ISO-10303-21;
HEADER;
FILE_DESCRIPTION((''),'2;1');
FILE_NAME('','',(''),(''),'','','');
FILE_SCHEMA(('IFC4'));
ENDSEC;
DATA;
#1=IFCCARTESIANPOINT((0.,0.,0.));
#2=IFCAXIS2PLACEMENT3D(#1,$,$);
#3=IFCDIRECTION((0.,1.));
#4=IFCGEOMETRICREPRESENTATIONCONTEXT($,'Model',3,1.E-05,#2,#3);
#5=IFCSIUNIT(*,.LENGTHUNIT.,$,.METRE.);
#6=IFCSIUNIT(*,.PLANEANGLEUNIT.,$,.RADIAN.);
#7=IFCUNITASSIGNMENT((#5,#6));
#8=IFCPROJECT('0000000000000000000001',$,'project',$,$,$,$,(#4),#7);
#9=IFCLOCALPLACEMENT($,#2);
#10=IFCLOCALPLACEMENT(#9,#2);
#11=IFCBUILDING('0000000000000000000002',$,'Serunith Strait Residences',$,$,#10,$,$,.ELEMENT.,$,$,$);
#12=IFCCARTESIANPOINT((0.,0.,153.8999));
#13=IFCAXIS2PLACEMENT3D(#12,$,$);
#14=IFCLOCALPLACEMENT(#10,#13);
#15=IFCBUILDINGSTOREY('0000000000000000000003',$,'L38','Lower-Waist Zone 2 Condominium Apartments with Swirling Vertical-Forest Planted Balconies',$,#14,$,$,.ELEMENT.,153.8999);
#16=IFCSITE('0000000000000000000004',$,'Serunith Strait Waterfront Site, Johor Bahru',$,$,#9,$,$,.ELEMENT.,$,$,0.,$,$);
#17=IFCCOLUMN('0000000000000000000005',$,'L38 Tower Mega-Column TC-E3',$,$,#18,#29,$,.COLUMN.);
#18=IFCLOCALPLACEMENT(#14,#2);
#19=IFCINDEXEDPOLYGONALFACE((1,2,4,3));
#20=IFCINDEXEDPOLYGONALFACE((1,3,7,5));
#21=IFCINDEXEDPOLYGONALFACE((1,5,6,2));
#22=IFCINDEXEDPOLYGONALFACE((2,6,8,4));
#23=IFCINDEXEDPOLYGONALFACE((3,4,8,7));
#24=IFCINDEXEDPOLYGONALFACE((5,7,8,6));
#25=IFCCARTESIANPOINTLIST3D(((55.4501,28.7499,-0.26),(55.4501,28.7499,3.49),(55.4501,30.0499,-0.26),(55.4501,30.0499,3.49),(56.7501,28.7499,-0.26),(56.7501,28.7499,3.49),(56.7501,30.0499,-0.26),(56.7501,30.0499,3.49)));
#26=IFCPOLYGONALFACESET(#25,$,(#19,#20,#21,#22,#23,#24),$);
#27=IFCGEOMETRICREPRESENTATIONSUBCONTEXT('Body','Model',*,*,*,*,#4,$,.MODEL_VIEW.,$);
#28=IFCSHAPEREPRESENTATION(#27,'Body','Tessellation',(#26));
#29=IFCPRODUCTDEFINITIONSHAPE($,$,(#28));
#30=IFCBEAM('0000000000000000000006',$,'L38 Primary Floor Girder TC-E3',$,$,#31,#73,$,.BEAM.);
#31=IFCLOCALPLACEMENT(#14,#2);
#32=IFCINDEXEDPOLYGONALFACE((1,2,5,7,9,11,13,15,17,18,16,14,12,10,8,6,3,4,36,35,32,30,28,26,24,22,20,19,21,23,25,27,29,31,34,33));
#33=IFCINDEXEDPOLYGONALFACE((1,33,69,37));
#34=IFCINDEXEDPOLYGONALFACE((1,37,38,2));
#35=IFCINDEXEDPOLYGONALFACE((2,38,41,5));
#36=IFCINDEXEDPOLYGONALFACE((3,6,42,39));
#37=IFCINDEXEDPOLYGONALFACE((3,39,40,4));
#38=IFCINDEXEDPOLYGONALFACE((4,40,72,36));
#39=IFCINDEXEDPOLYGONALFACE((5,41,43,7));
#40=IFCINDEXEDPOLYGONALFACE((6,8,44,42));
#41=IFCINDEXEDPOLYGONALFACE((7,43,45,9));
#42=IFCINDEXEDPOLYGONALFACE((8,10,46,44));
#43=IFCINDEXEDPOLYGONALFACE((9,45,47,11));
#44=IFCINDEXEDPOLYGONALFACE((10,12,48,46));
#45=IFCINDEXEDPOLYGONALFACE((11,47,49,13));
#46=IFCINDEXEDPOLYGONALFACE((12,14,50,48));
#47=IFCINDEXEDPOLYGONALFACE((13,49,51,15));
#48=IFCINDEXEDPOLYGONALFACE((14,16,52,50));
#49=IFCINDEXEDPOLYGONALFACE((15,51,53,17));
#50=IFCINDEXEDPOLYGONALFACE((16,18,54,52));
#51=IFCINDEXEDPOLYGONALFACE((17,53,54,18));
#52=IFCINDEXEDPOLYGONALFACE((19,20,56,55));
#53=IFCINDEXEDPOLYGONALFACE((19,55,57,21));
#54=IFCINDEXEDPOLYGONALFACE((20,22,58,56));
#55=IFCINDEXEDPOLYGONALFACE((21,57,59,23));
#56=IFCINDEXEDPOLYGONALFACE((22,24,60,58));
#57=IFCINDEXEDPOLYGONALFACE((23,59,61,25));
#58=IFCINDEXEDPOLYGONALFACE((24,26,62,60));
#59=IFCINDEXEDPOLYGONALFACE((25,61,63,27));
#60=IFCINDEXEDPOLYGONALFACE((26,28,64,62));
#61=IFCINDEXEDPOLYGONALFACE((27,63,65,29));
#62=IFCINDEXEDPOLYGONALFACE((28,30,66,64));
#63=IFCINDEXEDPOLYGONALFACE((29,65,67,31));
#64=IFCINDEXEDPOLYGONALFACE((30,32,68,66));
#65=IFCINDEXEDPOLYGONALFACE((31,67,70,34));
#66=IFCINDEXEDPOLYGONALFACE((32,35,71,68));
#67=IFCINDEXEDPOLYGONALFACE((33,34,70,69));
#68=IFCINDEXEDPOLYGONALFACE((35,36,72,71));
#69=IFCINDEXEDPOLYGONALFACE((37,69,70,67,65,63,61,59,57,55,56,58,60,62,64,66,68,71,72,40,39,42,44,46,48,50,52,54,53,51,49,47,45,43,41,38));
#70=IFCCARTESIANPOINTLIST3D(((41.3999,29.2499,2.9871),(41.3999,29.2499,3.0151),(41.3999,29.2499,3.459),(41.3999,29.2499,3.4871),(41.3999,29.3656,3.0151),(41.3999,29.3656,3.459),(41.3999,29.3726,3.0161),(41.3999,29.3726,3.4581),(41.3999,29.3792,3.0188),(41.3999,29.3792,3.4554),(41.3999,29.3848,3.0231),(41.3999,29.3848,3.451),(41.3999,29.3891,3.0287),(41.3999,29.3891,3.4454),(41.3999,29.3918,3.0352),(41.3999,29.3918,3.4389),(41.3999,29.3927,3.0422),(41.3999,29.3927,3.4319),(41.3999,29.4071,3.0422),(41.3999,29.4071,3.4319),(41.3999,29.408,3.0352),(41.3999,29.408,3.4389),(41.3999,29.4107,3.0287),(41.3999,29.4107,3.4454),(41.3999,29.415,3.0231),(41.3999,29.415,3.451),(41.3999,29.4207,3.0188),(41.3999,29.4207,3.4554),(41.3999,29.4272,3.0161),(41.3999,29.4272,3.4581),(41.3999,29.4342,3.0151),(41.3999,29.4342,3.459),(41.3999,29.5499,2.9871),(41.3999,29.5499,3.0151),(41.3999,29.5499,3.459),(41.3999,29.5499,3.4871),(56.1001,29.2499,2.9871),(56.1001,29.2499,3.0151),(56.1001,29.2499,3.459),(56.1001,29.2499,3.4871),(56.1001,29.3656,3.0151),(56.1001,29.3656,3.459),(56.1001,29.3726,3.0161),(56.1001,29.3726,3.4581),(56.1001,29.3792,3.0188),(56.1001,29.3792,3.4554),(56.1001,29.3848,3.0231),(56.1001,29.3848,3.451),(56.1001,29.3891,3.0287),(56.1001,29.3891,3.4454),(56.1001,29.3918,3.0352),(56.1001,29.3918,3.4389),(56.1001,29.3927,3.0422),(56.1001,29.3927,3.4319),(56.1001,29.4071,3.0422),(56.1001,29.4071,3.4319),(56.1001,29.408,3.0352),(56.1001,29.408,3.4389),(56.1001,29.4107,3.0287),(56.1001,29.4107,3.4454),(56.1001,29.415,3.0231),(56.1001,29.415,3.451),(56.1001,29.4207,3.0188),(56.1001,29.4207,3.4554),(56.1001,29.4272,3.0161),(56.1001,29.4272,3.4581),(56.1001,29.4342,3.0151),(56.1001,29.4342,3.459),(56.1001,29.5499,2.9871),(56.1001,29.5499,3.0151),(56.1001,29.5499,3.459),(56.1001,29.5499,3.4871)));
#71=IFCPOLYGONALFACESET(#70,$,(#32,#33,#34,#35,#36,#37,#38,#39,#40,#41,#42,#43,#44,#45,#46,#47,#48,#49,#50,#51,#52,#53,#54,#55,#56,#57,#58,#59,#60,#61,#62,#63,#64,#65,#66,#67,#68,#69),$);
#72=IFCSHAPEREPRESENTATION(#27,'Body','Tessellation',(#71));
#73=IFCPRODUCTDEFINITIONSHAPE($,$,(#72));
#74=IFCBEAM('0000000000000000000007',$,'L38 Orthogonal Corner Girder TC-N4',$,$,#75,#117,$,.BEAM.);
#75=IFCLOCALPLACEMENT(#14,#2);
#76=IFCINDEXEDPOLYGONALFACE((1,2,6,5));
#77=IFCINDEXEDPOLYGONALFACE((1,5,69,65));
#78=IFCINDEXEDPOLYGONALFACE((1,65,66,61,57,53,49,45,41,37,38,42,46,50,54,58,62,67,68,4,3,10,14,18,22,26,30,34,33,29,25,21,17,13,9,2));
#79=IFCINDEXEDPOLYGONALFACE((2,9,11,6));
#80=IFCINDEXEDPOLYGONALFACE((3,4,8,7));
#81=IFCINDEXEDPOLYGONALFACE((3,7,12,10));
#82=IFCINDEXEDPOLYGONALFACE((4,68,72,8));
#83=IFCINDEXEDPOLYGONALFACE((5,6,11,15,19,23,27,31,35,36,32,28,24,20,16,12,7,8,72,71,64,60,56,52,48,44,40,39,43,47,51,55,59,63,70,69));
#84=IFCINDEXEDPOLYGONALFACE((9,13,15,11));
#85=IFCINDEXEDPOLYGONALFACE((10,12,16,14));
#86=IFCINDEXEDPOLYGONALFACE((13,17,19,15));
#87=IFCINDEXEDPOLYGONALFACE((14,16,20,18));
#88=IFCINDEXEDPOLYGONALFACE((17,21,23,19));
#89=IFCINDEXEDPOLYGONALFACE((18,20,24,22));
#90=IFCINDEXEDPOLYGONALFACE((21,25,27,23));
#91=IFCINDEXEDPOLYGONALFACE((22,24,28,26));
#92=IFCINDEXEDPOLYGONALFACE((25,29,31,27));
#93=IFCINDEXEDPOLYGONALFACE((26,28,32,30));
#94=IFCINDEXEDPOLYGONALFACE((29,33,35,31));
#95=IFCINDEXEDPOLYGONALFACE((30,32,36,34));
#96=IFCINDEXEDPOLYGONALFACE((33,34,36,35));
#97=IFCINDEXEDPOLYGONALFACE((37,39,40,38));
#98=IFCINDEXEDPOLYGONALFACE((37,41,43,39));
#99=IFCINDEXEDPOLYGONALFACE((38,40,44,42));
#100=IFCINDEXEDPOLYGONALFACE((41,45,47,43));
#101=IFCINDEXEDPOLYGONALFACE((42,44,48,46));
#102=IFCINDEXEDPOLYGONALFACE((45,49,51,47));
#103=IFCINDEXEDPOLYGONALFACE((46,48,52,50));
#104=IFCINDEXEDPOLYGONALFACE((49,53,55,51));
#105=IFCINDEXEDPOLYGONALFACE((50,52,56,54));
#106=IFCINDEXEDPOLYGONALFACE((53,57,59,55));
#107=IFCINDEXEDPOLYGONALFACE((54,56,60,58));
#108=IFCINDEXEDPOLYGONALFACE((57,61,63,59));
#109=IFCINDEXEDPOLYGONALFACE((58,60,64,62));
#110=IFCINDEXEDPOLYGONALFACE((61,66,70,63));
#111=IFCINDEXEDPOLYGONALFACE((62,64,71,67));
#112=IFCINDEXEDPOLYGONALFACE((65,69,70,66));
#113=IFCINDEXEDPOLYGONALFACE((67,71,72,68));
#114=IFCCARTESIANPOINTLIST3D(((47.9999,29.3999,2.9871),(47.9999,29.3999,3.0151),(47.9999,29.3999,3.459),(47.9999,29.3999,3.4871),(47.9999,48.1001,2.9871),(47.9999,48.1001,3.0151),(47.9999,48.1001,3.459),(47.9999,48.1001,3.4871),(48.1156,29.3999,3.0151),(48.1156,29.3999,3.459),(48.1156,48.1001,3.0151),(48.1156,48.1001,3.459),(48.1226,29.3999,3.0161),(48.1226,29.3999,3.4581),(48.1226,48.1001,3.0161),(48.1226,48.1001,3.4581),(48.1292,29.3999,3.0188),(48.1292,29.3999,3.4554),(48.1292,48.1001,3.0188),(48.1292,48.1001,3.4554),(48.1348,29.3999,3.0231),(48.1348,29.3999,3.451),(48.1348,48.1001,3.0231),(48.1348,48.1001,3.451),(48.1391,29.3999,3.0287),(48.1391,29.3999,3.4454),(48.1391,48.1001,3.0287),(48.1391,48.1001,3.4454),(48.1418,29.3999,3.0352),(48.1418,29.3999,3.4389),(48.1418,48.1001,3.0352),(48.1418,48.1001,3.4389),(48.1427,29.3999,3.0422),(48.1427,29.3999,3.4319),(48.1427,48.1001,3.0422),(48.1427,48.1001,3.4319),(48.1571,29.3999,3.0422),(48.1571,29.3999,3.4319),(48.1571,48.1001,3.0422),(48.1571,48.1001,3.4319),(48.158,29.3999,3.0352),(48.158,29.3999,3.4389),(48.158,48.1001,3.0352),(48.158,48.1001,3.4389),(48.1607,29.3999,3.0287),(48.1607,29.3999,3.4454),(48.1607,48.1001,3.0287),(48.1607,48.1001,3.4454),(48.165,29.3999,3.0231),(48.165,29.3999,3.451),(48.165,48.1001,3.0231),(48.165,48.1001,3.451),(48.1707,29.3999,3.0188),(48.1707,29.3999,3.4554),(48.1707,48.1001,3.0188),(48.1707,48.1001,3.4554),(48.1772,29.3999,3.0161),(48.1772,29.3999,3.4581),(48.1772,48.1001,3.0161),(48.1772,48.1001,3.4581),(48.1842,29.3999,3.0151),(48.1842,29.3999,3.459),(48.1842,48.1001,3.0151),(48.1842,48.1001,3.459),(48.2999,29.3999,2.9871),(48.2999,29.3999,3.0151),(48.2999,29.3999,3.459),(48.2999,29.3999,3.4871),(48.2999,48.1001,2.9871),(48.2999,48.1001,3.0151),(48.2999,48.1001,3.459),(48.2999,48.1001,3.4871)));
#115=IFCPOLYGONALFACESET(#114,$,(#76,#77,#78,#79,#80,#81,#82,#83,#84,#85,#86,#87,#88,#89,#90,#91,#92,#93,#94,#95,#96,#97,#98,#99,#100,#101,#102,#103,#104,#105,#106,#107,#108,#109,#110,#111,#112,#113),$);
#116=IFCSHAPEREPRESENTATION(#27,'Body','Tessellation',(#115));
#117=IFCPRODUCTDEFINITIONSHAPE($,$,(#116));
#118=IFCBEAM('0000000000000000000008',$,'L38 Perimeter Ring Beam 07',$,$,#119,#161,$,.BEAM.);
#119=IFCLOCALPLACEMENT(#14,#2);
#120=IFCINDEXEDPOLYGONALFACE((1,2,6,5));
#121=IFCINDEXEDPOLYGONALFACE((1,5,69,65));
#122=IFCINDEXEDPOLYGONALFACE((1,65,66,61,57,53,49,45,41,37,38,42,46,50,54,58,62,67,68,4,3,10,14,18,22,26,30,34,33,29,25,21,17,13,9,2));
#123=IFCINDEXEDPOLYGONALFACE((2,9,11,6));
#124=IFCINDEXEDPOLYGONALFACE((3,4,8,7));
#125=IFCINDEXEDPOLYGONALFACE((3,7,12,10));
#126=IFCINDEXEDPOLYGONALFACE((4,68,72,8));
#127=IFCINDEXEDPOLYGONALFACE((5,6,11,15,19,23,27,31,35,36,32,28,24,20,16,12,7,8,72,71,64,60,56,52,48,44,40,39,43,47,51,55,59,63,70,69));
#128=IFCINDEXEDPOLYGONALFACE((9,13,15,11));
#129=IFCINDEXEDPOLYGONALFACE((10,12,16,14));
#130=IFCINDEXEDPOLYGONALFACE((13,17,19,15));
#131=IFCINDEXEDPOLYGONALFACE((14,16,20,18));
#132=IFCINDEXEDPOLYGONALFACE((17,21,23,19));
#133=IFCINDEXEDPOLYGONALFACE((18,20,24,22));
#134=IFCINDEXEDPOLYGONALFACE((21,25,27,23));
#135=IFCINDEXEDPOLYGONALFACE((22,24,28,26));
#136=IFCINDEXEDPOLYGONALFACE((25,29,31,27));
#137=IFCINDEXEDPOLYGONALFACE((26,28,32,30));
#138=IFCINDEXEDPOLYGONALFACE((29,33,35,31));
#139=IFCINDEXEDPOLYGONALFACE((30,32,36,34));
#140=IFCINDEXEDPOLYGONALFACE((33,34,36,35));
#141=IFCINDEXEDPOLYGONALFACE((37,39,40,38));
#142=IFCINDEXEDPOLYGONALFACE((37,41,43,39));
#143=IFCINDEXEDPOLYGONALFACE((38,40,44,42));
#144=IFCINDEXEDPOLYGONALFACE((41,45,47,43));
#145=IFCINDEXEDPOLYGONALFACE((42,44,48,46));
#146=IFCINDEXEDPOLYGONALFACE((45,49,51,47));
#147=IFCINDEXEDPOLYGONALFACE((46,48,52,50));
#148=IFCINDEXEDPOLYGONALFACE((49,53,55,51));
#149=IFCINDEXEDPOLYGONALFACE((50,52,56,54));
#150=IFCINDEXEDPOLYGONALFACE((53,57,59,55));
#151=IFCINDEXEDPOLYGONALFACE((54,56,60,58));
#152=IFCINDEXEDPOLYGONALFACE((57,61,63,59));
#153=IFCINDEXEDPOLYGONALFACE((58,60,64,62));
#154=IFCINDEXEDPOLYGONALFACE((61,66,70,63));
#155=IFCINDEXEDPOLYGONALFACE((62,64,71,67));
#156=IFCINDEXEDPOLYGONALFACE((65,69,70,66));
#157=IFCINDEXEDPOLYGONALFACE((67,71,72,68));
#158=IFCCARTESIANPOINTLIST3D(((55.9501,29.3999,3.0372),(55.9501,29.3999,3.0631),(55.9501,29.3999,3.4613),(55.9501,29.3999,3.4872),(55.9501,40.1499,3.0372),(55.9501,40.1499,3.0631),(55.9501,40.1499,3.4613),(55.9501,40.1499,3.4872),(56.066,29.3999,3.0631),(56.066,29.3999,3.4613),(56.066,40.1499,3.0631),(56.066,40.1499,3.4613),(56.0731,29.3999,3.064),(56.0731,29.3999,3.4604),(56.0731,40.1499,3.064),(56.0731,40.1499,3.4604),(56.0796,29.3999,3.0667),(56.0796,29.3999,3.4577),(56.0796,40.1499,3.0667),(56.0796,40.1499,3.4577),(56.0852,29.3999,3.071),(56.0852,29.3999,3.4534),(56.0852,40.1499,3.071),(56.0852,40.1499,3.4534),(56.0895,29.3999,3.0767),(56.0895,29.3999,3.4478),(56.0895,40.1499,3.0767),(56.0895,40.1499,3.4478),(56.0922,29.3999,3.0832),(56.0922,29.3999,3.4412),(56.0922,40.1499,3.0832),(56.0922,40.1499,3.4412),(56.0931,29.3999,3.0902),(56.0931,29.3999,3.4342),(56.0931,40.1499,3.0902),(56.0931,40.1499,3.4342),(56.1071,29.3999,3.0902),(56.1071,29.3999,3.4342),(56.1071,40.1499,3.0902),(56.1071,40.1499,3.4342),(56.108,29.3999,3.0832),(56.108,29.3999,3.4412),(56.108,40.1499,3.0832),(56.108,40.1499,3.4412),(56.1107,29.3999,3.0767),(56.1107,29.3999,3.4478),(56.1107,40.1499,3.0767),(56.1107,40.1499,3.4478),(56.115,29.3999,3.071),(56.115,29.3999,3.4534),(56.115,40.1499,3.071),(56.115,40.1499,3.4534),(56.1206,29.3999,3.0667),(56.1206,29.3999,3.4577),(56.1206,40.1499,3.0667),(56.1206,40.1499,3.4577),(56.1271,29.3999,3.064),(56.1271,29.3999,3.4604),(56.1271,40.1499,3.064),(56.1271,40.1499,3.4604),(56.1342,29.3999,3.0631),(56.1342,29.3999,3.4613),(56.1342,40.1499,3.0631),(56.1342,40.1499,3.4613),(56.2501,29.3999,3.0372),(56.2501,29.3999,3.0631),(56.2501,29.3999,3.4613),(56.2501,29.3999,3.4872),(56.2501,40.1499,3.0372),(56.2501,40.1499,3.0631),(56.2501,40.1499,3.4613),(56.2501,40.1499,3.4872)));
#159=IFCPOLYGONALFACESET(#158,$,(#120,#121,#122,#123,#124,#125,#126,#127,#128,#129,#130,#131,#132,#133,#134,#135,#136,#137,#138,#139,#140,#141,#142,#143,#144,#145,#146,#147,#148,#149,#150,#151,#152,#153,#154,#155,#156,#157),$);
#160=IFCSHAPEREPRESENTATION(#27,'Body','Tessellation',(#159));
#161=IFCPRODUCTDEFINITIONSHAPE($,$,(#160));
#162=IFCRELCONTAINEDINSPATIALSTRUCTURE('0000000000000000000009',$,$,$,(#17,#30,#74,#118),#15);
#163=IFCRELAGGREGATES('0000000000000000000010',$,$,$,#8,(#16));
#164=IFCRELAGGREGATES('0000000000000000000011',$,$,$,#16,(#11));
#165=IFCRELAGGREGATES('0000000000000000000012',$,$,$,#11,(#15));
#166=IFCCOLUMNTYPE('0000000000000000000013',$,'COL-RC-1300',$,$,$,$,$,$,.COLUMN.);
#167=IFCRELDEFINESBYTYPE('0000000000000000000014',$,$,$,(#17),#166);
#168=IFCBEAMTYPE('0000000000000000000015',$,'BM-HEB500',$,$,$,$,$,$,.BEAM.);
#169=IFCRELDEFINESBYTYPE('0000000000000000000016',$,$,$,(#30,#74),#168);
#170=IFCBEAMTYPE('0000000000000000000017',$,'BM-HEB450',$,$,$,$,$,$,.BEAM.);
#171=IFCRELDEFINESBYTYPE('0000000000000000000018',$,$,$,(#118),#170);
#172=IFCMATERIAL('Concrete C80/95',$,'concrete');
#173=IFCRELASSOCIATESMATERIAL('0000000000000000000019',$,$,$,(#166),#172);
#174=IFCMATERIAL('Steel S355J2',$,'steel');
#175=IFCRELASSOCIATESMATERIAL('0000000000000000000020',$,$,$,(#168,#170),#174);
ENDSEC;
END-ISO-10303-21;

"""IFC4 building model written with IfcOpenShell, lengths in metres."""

from ifc_helpers import new_model, si_unit, direction, frame, origin, origin_2d, place, context, subcontext, project, spatial, rectangle, i_section, extrude, source, transform, mapped, material, material_profile, profile_set, type_object, element, save


model = new_model("IFC4")

# Units and contexts
model_context = context("Model", 3, precision=1e-05, world=origin(), true_north=direction((0.0, 1.0)))
body_context = subcontext(model_context, "Body", "Model", "MODEL_VIEW")
ifc_project = project(units=[si_unit("LENGTHUNIT", "METRE"), si_unit("PLANEANGLEUNIT", "RADIAN")], contexts=[model_context])

# Site, building, storey
site_placement = place(None, origin())
site = spatial("IfcSite", under=ifc_project, at=site_placement, Name="Serunith Strait Waterfront Site, Johor Bahru", CompositionType="ELEMENT", RefElevation=0.0)
building_placement = place(site_placement, origin())
building = spatial("IfcBuilding", under=site, at=building_placement, Name="Serunith Strait Residences", CompositionType="ELEMENT")
storey_placement = place(building_placement, frame((0.0, 0.0, 153.8999)))
storey = spatial("IfcBuildingStorey", under=building, at=storey_placement, Name="L38", Description="Lower-Waist Zone 2 Condominium Apartments with Swirling Vertical-Forest Planted Balconies", CompositionType="ELEMENT", Elevation=153.8999)

# Column
ifc_material_1 = material(Name="Concrete C80/95", Category="concrete")
ifc_material_profile_1 = material_profile(ifc_material_1, rectangle(XDim=1.3, YDim=1.3, at=origin_2d()), Name="RC 1300x1300")
ifc_profile_set_1 = profile_set([ifc_material_profile_1], Name="Concrete C80/95")
column_type = type_object("IfcColumnType", Name="COL-RC-1300", PredefinedType="COLUMN", material=ifc_profile_set_1)
shared_shape_1 = source(origin(), body_context, "Body", "SweptSolid", [
    extrude(rectangle(XDim=1.3, YDim=1.3, at=origin_2d()), origin(), (0.0, 0.0, 1.0), 3.75),
])
column_placement = place(storey_placement, frame((56.1001, 29.3999, -0.26), z_axis=(0.0, 0.0, 1.0), x_axis=(1.0, 0.0, 0.0)))
element("IfcColumn", 1, at=column_placement, inside=storey, type_object=column_type, Name="L38 Tower Mega-Column TC-E3", PredefinedType="COLUMN", context=body_context, shape_type="MappedRepresentation", body=[
    mapped(shared_shape_1, transform((0.0, 0.0, 0.0), scale=1.0)),
])

# Beams
ifc_material_2 = material(Name="Steel S355J2", Category="steel")
ifc_material_profile_2 = material_profile(ifc_material_2, i_section(OverallWidth=0.3, OverallDepth=0.5, WebThickness=0.0144, FlangeThickness=0.0281, FilletRadius=0.0271, at=origin_2d()), Name="HEB 500")
ifc_profile_set_2 = profile_set([ifc_material_profile_2], Name="Steel S355J2")
beam_type_1 = type_object("IfcBeamType", Name="BM-HEB500", PredefinedType="BEAM", material=ifc_profile_set_2)
shared_shape_2 = source(origin(), body_context, "Body", "SweptSolid", [
    extrude(i_section(OverallWidth=0.3, OverallDepth=0.5, WebThickness=0.0144, FlangeThickness=0.0281, FilletRadius=0.0271, at=origin_2d()), origin(), (0.0, 0.0, 1.0), 14.7002),
])
beam_1_placement = place(storey_placement, frame((41.3999, 29.3999, 3.2371), z_axis=(1.0, 0.0, 0.0), x_axis=(0.0, 1.0, 0.0)))
element("IfcBeam", 2, at=beam_1_placement, inside=storey, type_object=beam_type_1, Name="L38 Primary Floor Girder TC-E3", PredefinedType="BEAM", context=body_context, shape_type="MappedRepresentation", body=[
    mapped(shared_shape_2, transform((0.0, 0.0, 0.0), scale=1.0)),
])
shared_shape_3 = source(origin(), body_context, "Body", "SweptSolid", [
    extrude(i_section(OverallWidth=0.3, OverallDepth=0.5, WebThickness=0.0144, FlangeThickness=0.0281, FilletRadius=0.0271, at=origin_2d()), origin(), (0.0, 0.0, 1.0), 18.7002),
])
beam_2_placement = place(storey_placement, frame((48.1499, 29.3999, 3.2371), z_axis=(0.0, 1.0, 0.0), x_axis=(-1.0, 0.0, 0.0)))
element("IfcBeam", 3, at=beam_2_placement, inside=storey, type_object=beam_type_1, Name="L38 Orthogonal Corner Girder TC-N4", PredefinedType="BEAM", context=body_context, shape_type="MappedRepresentation", body=[
    mapped(shared_shape_3, transform((0.0, 0.0, 0.0), scale=1.0)),
])
ifc_material_profile_3 = material_profile(ifc_material_2, i_section(OverallWidth=0.3, OverallDepth=0.45, WebThickness=0.0139, FlangeThickness=0.0259, FilletRadius=0.0271, at=origin_2d()), Name="HEB 450")
ifc_profile_set_3 = profile_set([ifc_material_profile_3], Name="Steel S355J2")
beam_type_2 = type_object("IfcBeamType", Name="BM-HEB450", PredefinedType="BEAM", material=ifc_profile_set_3)
shared_shape_4 = source(origin(), body_context, "Body", "SweptSolid", [
    extrude(i_section(OverallWidth=0.3, OverallDepth=0.45, WebThickness=0.0139, FlangeThickness=0.0259, FilletRadius=0.0271, at=origin_2d()), origin(), (0.0, 0.0, 1.0), 10.75),
])
beam_3_placement = place(storey_placement, frame((56.1001, 29.3999, 3.2622), z_axis=(0.0, 1.0, 0.0), x_axis=(-1.0, 0.0, 0.0)))
element("IfcBeam", 4, at=beam_3_placement, inside=storey, type_object=beam_type_2, Name="L38 Perimeter Ring Beam 07", PredefinedType="BEAM", context=body_context, shape_type="MappedRepresentation", body=[
    mapped(shared_shape_4, transform((0.0, 0.0, 0.0), scale=1.0)),
])

save(model, "model.ifc")
